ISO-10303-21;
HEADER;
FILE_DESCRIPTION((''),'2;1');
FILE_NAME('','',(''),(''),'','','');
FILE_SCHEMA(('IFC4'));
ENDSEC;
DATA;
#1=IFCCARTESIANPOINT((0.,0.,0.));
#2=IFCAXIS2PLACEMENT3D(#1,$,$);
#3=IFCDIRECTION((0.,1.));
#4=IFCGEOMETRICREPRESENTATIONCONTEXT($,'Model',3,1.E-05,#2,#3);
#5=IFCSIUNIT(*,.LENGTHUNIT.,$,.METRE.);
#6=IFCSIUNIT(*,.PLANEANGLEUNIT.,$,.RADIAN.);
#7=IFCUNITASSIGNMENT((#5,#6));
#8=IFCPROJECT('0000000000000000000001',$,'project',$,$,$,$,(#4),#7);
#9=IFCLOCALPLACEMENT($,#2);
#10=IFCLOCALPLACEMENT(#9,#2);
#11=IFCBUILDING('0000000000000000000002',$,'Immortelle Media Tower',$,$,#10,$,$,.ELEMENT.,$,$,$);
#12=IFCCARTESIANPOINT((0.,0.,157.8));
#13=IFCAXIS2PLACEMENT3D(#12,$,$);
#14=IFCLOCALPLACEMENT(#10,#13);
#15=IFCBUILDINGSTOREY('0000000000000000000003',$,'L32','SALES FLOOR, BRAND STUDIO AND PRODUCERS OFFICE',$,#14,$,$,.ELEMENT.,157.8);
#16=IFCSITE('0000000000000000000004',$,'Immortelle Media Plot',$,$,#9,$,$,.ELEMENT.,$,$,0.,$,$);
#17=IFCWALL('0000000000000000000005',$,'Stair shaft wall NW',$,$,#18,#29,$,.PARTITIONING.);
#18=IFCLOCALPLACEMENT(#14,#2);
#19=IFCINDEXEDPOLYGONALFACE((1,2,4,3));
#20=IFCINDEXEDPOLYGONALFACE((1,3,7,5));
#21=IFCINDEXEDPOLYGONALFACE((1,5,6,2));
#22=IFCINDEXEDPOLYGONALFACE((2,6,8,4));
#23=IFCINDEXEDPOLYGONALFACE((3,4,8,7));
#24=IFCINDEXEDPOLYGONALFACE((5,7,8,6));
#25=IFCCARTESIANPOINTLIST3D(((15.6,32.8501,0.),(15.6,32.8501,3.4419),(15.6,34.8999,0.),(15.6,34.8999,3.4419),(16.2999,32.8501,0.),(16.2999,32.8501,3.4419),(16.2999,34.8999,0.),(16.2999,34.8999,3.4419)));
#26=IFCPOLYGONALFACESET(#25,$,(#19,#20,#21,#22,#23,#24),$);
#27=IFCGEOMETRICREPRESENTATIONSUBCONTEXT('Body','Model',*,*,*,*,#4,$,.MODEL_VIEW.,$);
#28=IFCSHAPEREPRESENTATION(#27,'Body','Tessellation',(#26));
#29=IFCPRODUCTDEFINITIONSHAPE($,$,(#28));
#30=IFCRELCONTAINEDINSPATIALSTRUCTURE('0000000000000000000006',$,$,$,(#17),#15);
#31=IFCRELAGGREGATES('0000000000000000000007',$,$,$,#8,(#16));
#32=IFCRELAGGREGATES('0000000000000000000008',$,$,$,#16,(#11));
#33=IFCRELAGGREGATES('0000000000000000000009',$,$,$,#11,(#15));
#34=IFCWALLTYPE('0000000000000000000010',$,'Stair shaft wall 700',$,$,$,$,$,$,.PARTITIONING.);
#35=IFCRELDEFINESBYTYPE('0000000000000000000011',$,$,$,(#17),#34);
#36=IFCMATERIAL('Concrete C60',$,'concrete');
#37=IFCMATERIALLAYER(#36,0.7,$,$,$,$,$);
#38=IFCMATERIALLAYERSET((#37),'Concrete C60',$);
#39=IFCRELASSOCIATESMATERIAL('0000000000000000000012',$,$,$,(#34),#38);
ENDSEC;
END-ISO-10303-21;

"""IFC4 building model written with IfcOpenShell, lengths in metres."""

from ifc_helpers import new_model, si_unit, direction, frame, frame_2d, origin, place, context, subcontext, project, spatial, rectangle, extrude, material, layer, layer_set, type_object, element, save


model = new_model("IFC4")

# Units and contexts
model_context = context("Model", 3, precision=1e-05, world=origin(), true_north=direction((0.0, 1.0)))
body_context = subcontext(model_context, "Body", "Model", "MODEL_VIEW")
ifc_project = project(units=[si_unit("LENGTHUNIT", "METRE"), si_unit("PLANEANGLEUNIT", "RADIAN")], contexts=[model_context])

# Site, building, storey
site_placement = place(None, origin())
site = spatial("IfcSite", under=ifc_project, at=site_placement, Name="Immortelle Media Plot", CompositionType="ELEMENT", RefElevation=0.0)
building_placement = place(site_placement, origin())
building = spatial("IfcBuilding", under=site, at=building_placement, Name="Immortelle Media Tower", CompositionType="ELEMENT")
storey_placement = place(building_placement, frame((0.0, 0.0, 157.8)))
storey = spatial("IfcBuildingStorey", under=building, at=storey_placement, Name="L32", Description="SALES FLOOR, BRAND STUDIO AND PRODUCERS OFFICE", CompositionType="ELEMENT", Elevation=157.8)

# Wall
ifc_material_1 = material(Name="Concrete C60", Category="concrete")
ifc_layer_1 = layer(ifc_material_1, 0.7)
ifc_layer_set_1 = layer_set([ifc_layer_1], Name="Concrete C60")
wall_type_1 = type_object("IfcWallType", Name="Stair shaft wall 700", PredefinedType="PARTITIONING", material=ifc_layer_set_1)
wall_1_placement = place(storey_placement, frame((15.95, 32.8501, 0.0), z_axis=(0.0, 0.0, 1.0), x_axis=(0.0, 1.0, 0.0)))
element("IfcWall", 1, at=wall_1_placement, inside=storey, type_object=wall_type_1, Name="Stair shaft wall NW", PredefinedType="PARTITIONING", context=body_context, shape_type="SweptSolid", body=[
    extrude(rectangle(XDim=2.0498, YDim=0.7, at=frame_2d((1.0249, 0.0))), origin(), (0.0, 0.0, 1.0), 3.4419),
])

save(model, "model.ifc")
